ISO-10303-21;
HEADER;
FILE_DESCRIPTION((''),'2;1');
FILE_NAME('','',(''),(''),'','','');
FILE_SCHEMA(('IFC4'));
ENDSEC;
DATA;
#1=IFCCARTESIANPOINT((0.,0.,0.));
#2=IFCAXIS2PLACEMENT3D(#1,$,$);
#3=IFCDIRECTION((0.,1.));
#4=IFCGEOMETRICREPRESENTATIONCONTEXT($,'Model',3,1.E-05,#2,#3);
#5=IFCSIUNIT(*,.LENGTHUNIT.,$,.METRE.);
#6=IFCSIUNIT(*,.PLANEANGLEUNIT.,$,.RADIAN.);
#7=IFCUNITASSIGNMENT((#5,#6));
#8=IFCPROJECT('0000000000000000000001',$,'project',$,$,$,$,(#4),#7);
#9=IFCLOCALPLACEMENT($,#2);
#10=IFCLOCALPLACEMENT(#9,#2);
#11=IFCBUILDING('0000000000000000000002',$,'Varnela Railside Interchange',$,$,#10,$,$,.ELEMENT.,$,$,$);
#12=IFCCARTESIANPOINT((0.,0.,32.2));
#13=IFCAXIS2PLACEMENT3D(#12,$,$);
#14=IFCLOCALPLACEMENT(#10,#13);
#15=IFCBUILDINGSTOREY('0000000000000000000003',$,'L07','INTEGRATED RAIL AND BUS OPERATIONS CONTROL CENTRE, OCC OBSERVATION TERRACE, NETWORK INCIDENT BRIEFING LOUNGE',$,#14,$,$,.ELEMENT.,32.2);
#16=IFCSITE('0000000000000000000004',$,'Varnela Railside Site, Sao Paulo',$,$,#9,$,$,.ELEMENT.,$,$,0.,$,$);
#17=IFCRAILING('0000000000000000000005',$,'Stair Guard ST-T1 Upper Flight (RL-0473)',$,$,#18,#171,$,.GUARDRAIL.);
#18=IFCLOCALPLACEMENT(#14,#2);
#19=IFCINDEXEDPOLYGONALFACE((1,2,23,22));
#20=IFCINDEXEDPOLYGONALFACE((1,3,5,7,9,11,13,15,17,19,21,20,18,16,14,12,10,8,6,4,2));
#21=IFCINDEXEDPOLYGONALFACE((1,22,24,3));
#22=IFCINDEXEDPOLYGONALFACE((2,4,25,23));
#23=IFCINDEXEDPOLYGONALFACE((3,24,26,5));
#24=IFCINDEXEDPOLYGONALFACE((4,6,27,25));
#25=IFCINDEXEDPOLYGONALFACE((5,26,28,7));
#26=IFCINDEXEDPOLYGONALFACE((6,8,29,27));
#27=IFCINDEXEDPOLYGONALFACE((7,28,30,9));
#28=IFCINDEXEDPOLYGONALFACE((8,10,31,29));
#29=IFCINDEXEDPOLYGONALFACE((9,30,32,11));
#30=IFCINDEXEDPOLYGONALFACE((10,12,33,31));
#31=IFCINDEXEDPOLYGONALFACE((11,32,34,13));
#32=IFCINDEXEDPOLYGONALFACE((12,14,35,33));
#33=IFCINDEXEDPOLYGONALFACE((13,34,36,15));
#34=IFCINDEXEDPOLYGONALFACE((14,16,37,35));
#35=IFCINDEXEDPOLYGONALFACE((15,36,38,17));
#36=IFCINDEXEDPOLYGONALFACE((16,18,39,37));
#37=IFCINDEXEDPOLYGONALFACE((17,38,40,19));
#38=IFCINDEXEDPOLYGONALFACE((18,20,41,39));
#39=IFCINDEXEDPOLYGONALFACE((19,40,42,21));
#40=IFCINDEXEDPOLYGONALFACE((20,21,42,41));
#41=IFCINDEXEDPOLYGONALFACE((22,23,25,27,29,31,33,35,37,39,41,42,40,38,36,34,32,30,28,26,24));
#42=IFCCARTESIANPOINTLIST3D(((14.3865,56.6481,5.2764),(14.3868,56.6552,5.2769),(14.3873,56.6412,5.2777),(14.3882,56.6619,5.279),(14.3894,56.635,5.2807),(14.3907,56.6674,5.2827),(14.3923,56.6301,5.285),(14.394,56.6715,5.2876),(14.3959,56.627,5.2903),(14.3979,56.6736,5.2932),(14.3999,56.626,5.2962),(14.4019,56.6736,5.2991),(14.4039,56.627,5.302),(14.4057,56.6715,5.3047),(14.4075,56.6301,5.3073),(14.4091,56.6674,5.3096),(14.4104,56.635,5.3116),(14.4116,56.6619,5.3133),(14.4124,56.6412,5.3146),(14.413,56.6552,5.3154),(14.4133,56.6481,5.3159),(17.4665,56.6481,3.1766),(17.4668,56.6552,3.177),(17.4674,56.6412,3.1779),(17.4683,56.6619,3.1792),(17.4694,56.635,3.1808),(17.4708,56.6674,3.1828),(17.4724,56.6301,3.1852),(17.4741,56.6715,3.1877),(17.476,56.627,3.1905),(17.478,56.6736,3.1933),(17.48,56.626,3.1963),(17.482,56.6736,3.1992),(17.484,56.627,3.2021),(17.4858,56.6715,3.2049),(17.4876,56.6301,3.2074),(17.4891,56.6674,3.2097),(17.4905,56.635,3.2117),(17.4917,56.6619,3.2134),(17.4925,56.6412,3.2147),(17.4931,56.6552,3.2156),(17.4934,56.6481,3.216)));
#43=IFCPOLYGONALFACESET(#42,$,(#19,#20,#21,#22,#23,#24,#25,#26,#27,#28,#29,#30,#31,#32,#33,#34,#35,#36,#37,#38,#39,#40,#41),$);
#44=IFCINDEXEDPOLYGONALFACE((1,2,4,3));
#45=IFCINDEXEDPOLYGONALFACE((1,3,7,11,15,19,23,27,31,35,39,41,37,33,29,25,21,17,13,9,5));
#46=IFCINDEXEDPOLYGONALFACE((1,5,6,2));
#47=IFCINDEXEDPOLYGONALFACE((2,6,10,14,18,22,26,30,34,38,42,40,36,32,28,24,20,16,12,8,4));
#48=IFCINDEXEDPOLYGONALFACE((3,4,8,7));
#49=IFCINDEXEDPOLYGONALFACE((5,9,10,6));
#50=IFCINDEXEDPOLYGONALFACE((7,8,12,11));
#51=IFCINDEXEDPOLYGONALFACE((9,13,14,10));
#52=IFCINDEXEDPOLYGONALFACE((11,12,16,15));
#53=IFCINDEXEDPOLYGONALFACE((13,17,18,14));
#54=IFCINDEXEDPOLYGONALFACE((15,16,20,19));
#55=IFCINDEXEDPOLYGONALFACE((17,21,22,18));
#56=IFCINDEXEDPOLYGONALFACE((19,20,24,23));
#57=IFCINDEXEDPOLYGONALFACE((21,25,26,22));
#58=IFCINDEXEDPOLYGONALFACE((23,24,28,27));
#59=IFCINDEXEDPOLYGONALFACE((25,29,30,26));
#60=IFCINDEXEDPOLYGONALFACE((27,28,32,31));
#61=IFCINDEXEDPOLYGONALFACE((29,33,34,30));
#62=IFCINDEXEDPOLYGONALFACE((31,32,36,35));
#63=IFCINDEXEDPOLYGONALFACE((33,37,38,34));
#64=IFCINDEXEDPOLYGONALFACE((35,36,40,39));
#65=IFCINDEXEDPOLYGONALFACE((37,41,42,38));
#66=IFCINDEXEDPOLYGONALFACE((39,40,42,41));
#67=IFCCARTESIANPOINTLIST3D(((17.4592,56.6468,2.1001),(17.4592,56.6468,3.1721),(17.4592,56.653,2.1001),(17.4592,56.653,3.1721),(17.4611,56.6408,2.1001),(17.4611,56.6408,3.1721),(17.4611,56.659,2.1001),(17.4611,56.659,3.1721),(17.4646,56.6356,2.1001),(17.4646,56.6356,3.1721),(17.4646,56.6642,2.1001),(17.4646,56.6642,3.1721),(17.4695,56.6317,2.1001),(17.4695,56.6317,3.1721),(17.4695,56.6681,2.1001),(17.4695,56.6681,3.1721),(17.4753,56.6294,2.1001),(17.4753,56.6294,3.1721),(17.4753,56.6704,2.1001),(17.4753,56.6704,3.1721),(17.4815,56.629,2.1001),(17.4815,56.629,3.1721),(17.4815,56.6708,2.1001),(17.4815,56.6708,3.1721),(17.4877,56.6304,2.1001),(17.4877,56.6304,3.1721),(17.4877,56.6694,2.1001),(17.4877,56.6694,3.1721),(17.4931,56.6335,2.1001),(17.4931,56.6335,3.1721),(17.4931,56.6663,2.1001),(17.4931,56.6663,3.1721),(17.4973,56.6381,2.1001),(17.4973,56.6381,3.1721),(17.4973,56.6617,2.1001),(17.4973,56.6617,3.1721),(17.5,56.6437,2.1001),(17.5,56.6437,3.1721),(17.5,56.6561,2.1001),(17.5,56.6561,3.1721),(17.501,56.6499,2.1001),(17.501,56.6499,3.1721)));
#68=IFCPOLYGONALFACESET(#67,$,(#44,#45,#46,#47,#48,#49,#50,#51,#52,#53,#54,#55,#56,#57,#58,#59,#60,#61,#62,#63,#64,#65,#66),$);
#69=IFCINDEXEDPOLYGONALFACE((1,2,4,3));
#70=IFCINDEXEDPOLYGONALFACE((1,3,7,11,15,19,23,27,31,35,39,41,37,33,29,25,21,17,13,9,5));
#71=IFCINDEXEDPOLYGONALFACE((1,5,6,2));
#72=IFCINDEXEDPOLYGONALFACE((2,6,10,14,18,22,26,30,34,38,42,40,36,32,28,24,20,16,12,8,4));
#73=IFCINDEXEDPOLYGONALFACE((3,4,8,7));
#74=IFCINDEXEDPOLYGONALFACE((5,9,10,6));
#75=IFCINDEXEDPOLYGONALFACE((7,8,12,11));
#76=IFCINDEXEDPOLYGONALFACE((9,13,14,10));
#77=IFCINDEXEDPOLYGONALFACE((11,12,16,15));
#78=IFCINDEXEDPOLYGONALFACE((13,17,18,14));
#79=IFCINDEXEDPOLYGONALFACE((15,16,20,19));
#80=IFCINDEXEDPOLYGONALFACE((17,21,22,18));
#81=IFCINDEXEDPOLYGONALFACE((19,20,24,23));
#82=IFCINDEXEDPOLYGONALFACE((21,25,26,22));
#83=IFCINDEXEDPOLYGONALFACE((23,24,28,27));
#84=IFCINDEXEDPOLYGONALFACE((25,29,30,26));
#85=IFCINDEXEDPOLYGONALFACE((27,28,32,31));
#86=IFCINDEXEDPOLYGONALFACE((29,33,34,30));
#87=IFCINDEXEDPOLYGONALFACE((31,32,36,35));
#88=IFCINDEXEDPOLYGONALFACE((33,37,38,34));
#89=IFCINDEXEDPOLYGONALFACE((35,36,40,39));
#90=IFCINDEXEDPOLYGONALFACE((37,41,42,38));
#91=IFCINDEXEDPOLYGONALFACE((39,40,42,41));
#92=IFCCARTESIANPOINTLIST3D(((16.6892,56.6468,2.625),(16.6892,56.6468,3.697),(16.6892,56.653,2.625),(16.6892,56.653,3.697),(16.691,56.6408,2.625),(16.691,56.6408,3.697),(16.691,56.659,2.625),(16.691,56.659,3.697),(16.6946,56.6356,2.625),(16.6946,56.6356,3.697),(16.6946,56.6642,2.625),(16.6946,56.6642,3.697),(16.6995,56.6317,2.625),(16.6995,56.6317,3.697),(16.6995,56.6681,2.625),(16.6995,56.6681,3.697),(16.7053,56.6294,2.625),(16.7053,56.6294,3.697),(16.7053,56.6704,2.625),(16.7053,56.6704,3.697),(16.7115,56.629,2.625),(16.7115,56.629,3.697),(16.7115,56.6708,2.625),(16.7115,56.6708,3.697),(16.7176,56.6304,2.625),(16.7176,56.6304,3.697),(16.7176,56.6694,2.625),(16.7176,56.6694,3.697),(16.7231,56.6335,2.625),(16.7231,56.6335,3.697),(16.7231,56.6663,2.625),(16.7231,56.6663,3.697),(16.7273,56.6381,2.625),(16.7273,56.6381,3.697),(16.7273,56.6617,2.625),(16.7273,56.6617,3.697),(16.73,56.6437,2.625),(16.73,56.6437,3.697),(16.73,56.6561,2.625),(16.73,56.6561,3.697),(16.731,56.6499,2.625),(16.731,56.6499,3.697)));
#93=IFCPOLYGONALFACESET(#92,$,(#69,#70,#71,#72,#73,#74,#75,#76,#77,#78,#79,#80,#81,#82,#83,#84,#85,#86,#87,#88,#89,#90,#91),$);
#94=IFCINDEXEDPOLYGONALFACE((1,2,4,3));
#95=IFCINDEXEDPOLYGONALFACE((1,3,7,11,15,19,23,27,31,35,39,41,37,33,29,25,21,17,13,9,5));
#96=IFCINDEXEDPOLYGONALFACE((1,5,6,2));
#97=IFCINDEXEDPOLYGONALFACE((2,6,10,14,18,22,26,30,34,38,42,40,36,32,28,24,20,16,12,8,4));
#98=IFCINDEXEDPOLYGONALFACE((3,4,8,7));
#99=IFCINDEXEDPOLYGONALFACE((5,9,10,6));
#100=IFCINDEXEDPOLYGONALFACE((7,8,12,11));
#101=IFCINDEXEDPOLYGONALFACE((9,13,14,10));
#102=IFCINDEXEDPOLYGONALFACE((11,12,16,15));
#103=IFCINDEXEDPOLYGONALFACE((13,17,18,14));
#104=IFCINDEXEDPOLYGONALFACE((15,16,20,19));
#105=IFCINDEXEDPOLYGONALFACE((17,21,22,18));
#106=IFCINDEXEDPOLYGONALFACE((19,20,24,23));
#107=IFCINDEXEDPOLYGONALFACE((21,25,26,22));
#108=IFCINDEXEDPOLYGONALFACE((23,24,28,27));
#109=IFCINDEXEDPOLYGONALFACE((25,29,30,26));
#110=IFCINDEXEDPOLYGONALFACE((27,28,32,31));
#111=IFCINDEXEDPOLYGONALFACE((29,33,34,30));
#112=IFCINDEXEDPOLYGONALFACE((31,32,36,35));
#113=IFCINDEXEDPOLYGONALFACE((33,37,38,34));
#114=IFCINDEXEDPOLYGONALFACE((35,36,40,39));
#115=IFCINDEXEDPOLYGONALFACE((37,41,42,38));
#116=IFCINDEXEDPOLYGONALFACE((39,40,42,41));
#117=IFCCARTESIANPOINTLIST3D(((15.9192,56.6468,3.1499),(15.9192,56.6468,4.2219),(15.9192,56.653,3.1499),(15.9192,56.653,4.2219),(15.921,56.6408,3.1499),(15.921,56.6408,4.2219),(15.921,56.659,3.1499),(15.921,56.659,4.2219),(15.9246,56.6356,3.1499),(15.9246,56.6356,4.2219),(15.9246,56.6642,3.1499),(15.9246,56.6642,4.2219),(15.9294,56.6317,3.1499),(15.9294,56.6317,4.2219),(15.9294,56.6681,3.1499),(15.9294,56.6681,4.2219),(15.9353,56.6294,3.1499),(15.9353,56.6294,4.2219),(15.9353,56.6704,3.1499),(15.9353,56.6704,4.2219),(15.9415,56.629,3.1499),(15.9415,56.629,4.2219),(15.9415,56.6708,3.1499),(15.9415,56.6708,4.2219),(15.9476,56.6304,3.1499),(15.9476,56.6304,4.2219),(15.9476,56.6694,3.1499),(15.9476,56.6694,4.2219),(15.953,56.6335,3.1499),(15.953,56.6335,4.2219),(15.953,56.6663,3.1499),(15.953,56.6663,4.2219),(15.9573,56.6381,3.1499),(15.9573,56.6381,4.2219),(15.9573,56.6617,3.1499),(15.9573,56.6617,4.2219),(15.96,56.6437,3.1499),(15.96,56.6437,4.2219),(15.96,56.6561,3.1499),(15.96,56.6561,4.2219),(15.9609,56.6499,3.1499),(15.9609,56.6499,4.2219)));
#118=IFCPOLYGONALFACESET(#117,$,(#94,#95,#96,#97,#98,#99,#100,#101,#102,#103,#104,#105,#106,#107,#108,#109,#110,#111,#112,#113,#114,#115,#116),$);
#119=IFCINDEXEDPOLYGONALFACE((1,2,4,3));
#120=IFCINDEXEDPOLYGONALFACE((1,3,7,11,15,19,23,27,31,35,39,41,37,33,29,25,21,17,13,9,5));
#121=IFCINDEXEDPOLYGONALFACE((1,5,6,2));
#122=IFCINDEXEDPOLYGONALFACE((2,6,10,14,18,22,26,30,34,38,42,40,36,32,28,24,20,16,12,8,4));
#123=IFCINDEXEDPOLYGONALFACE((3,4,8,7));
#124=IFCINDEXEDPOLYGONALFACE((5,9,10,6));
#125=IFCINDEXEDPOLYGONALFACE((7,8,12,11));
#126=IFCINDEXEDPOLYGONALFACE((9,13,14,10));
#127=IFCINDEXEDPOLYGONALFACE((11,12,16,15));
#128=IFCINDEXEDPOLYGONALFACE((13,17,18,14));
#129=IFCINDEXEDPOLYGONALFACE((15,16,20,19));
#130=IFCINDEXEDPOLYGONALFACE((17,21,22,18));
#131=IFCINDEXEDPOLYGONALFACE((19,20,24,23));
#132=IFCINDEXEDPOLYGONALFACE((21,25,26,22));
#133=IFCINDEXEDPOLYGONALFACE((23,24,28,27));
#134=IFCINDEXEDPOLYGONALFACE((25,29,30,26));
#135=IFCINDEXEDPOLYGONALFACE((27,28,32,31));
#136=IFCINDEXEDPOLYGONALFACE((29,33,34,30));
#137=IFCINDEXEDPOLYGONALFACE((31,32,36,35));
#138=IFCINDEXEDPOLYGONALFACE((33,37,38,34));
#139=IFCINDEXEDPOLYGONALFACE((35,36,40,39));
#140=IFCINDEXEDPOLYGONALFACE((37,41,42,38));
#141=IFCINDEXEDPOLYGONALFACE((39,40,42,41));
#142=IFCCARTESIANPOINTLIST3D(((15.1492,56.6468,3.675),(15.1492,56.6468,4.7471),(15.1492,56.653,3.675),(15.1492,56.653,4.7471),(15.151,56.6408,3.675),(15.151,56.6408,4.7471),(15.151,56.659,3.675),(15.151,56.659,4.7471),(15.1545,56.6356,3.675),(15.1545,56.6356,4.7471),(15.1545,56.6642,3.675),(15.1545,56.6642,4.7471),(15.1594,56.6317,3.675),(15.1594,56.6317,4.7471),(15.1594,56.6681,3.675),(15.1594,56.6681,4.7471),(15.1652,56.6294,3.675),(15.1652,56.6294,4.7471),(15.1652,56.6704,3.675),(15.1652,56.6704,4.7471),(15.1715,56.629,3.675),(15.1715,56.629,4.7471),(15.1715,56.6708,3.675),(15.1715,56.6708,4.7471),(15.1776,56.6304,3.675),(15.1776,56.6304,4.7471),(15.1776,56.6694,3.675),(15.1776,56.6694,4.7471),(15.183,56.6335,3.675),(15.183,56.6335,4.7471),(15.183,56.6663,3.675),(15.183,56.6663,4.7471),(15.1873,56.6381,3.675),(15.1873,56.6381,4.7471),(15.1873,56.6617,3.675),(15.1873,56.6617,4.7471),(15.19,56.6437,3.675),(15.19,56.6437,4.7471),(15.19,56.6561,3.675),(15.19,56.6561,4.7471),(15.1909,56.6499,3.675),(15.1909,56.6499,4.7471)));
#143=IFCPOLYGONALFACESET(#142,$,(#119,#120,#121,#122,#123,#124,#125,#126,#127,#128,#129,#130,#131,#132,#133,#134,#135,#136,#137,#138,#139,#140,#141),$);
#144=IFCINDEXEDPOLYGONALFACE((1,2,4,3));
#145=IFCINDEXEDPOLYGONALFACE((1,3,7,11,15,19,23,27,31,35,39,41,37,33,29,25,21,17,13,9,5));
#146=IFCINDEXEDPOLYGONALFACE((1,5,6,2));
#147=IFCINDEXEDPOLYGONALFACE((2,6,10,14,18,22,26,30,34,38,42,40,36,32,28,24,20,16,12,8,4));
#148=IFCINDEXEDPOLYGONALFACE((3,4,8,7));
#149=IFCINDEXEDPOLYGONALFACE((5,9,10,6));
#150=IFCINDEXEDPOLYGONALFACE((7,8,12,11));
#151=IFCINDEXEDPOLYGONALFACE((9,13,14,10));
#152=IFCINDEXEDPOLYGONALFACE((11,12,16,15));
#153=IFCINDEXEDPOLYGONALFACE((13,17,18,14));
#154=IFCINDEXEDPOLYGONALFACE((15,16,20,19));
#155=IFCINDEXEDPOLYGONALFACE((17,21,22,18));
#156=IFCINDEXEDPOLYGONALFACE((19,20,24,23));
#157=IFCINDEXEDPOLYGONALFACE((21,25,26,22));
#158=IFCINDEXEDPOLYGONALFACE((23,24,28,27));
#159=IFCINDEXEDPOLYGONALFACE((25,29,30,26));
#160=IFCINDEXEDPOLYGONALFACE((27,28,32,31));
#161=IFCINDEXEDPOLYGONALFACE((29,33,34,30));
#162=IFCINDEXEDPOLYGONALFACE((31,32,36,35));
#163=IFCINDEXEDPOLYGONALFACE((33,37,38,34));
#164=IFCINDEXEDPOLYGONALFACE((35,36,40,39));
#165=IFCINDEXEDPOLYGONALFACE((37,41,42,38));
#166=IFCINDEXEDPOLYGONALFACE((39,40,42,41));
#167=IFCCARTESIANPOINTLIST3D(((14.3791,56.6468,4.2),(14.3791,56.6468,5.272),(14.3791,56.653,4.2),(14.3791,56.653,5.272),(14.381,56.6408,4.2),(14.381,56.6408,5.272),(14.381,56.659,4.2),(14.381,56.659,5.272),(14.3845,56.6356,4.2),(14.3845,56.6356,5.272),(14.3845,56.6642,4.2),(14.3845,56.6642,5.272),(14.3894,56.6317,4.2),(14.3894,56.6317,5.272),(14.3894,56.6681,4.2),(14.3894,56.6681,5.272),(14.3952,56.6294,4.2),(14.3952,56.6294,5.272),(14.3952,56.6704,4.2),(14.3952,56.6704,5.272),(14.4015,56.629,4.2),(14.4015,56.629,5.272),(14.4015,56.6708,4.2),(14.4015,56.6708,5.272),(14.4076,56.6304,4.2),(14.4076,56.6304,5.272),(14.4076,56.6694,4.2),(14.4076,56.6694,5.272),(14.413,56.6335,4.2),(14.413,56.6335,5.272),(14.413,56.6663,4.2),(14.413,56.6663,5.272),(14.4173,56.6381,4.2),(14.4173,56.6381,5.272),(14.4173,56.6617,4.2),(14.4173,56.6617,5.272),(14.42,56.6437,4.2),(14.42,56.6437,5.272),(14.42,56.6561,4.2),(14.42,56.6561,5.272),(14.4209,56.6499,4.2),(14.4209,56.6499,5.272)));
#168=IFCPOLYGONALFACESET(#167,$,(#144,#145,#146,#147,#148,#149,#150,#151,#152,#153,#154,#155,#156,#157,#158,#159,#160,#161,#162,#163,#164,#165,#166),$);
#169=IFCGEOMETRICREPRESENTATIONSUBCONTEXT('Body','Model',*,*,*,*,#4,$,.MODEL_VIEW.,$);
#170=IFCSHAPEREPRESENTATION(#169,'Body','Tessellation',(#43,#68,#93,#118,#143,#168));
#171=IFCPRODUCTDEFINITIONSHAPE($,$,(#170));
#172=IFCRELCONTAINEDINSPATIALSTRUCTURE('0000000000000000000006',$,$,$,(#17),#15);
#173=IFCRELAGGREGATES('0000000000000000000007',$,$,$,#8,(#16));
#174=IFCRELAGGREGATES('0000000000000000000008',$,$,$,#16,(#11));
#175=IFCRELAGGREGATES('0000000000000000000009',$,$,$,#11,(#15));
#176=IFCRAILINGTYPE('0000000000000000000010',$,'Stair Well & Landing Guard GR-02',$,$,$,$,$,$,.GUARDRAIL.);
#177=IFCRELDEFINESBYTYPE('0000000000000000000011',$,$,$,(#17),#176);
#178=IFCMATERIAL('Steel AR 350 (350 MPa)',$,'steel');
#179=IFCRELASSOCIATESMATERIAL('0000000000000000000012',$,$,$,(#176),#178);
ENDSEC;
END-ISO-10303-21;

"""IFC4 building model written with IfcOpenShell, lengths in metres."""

from ifc_helpers import new_model, si_unit, direction, frame, origin, origin_2d, place, context, subcontext, project, spatial, circle, extrude, material, type_object, element, save


model = new_model("IFC4")

# Units and contexts
model_context = context("Model", 3, precision=1e-05, world=origin(), true_north=direction((0.0, 1.0)))
body_context = subcontext(model_context, "Body", "Model", "MODEL_VIEW")
ifc_project = project(units=[si_unit("LENGTHUNIT", "METRE"), si_unit("PLANEANGLEUNIT", "RADIAN")], contexts=[model_context])

# Site, building, storey
site_placement = place(None, origin())
site = spatial("IfcSite", under=ifc_project, at=site_placement, Name="Varnela Railside Site, Sao Paulo", CompositionType="ELEMENT", RefElevation=0.0)
building_placement = place(site_placement, origin())
building = spatial("IfcBuilding", under=site, at=building_placement, Name="Varnela Railside Interchange", CompositionType="ELEMENT")
storey_placement = place(building_placement, frame((0.0, 0.0, 32.2)))
storey = spatial("IfcBuildingStorey", under=building, at=storey_placement, Name="L07", Description="INTEGRATED RAIL AND BUS OPERATIONS CONTROL CENTRE, OCC OBSERVATION TERRACE, NETWORK INCIDENT BRIEFING LOUNGE", CompositionType="ELEMENT", Elevation=32.2)

# Shared definitions
ifc_material_1 = material(Name="Steel AR 350 (350 MPa)", Category="steel")

# Railing
railing_type_1 = type_object("IfcRailingType", Name="Stair Well & Landing Guard GR-02", PredefinedType="GUARDRAIL", material=ifc_material_1)
railing_1_placement = place(storey_placement, frame((17.48, 56.6499, 2.1001)))
element("IfcRailing", 1, at=railing_1_placement, inside=storey, type_object=railing_type_1, Name="Stair Guard ST-T1 Upper Flight (RL-0473)", PredefinedType="GUARDRAIL", context=body_context, shape_type="SweptSolid", body=[
    extrude(circle(Radius=0.0239, at=origin_2d()), frame((0.0, 0.0, 1.0962), z_axis=(-0.826252, 0.0, 0.5633), x_axis=(0.0, -1.0, 0.0)), (0.0, 0.0, 1.0), 3.7278),
    extrude(circle(Radius=0.021, at=origin_2d()), origin(), (0.0, 0.0, 1.0), 1.072),
    extrude(circle(Radius=0.021, at=origin_2d()), frame((-0.77, 0.0, 0.5249)), (0.0, 0.0, 1.0), 1.072),
    extrude(circle(Radius=0.021, at=origin_2d()), frame((-1.54, 0.0, 1.0498)), (0.0, 0.0, 1.0), 1.072),
    extrude(circle(Radius=0.021, at=origin_2d()), frame((-2.3101, 0.0, 1.575)), (0.0, 0.0, 1.0), 1.072),
    extrude(circle(Radius=0.021, at=origin_2d()), frame((-3.0801, 0.0, 2.0999)), (0.0, 0.0, 1.0), 1.072),
])

save(model, "model.ifc")
